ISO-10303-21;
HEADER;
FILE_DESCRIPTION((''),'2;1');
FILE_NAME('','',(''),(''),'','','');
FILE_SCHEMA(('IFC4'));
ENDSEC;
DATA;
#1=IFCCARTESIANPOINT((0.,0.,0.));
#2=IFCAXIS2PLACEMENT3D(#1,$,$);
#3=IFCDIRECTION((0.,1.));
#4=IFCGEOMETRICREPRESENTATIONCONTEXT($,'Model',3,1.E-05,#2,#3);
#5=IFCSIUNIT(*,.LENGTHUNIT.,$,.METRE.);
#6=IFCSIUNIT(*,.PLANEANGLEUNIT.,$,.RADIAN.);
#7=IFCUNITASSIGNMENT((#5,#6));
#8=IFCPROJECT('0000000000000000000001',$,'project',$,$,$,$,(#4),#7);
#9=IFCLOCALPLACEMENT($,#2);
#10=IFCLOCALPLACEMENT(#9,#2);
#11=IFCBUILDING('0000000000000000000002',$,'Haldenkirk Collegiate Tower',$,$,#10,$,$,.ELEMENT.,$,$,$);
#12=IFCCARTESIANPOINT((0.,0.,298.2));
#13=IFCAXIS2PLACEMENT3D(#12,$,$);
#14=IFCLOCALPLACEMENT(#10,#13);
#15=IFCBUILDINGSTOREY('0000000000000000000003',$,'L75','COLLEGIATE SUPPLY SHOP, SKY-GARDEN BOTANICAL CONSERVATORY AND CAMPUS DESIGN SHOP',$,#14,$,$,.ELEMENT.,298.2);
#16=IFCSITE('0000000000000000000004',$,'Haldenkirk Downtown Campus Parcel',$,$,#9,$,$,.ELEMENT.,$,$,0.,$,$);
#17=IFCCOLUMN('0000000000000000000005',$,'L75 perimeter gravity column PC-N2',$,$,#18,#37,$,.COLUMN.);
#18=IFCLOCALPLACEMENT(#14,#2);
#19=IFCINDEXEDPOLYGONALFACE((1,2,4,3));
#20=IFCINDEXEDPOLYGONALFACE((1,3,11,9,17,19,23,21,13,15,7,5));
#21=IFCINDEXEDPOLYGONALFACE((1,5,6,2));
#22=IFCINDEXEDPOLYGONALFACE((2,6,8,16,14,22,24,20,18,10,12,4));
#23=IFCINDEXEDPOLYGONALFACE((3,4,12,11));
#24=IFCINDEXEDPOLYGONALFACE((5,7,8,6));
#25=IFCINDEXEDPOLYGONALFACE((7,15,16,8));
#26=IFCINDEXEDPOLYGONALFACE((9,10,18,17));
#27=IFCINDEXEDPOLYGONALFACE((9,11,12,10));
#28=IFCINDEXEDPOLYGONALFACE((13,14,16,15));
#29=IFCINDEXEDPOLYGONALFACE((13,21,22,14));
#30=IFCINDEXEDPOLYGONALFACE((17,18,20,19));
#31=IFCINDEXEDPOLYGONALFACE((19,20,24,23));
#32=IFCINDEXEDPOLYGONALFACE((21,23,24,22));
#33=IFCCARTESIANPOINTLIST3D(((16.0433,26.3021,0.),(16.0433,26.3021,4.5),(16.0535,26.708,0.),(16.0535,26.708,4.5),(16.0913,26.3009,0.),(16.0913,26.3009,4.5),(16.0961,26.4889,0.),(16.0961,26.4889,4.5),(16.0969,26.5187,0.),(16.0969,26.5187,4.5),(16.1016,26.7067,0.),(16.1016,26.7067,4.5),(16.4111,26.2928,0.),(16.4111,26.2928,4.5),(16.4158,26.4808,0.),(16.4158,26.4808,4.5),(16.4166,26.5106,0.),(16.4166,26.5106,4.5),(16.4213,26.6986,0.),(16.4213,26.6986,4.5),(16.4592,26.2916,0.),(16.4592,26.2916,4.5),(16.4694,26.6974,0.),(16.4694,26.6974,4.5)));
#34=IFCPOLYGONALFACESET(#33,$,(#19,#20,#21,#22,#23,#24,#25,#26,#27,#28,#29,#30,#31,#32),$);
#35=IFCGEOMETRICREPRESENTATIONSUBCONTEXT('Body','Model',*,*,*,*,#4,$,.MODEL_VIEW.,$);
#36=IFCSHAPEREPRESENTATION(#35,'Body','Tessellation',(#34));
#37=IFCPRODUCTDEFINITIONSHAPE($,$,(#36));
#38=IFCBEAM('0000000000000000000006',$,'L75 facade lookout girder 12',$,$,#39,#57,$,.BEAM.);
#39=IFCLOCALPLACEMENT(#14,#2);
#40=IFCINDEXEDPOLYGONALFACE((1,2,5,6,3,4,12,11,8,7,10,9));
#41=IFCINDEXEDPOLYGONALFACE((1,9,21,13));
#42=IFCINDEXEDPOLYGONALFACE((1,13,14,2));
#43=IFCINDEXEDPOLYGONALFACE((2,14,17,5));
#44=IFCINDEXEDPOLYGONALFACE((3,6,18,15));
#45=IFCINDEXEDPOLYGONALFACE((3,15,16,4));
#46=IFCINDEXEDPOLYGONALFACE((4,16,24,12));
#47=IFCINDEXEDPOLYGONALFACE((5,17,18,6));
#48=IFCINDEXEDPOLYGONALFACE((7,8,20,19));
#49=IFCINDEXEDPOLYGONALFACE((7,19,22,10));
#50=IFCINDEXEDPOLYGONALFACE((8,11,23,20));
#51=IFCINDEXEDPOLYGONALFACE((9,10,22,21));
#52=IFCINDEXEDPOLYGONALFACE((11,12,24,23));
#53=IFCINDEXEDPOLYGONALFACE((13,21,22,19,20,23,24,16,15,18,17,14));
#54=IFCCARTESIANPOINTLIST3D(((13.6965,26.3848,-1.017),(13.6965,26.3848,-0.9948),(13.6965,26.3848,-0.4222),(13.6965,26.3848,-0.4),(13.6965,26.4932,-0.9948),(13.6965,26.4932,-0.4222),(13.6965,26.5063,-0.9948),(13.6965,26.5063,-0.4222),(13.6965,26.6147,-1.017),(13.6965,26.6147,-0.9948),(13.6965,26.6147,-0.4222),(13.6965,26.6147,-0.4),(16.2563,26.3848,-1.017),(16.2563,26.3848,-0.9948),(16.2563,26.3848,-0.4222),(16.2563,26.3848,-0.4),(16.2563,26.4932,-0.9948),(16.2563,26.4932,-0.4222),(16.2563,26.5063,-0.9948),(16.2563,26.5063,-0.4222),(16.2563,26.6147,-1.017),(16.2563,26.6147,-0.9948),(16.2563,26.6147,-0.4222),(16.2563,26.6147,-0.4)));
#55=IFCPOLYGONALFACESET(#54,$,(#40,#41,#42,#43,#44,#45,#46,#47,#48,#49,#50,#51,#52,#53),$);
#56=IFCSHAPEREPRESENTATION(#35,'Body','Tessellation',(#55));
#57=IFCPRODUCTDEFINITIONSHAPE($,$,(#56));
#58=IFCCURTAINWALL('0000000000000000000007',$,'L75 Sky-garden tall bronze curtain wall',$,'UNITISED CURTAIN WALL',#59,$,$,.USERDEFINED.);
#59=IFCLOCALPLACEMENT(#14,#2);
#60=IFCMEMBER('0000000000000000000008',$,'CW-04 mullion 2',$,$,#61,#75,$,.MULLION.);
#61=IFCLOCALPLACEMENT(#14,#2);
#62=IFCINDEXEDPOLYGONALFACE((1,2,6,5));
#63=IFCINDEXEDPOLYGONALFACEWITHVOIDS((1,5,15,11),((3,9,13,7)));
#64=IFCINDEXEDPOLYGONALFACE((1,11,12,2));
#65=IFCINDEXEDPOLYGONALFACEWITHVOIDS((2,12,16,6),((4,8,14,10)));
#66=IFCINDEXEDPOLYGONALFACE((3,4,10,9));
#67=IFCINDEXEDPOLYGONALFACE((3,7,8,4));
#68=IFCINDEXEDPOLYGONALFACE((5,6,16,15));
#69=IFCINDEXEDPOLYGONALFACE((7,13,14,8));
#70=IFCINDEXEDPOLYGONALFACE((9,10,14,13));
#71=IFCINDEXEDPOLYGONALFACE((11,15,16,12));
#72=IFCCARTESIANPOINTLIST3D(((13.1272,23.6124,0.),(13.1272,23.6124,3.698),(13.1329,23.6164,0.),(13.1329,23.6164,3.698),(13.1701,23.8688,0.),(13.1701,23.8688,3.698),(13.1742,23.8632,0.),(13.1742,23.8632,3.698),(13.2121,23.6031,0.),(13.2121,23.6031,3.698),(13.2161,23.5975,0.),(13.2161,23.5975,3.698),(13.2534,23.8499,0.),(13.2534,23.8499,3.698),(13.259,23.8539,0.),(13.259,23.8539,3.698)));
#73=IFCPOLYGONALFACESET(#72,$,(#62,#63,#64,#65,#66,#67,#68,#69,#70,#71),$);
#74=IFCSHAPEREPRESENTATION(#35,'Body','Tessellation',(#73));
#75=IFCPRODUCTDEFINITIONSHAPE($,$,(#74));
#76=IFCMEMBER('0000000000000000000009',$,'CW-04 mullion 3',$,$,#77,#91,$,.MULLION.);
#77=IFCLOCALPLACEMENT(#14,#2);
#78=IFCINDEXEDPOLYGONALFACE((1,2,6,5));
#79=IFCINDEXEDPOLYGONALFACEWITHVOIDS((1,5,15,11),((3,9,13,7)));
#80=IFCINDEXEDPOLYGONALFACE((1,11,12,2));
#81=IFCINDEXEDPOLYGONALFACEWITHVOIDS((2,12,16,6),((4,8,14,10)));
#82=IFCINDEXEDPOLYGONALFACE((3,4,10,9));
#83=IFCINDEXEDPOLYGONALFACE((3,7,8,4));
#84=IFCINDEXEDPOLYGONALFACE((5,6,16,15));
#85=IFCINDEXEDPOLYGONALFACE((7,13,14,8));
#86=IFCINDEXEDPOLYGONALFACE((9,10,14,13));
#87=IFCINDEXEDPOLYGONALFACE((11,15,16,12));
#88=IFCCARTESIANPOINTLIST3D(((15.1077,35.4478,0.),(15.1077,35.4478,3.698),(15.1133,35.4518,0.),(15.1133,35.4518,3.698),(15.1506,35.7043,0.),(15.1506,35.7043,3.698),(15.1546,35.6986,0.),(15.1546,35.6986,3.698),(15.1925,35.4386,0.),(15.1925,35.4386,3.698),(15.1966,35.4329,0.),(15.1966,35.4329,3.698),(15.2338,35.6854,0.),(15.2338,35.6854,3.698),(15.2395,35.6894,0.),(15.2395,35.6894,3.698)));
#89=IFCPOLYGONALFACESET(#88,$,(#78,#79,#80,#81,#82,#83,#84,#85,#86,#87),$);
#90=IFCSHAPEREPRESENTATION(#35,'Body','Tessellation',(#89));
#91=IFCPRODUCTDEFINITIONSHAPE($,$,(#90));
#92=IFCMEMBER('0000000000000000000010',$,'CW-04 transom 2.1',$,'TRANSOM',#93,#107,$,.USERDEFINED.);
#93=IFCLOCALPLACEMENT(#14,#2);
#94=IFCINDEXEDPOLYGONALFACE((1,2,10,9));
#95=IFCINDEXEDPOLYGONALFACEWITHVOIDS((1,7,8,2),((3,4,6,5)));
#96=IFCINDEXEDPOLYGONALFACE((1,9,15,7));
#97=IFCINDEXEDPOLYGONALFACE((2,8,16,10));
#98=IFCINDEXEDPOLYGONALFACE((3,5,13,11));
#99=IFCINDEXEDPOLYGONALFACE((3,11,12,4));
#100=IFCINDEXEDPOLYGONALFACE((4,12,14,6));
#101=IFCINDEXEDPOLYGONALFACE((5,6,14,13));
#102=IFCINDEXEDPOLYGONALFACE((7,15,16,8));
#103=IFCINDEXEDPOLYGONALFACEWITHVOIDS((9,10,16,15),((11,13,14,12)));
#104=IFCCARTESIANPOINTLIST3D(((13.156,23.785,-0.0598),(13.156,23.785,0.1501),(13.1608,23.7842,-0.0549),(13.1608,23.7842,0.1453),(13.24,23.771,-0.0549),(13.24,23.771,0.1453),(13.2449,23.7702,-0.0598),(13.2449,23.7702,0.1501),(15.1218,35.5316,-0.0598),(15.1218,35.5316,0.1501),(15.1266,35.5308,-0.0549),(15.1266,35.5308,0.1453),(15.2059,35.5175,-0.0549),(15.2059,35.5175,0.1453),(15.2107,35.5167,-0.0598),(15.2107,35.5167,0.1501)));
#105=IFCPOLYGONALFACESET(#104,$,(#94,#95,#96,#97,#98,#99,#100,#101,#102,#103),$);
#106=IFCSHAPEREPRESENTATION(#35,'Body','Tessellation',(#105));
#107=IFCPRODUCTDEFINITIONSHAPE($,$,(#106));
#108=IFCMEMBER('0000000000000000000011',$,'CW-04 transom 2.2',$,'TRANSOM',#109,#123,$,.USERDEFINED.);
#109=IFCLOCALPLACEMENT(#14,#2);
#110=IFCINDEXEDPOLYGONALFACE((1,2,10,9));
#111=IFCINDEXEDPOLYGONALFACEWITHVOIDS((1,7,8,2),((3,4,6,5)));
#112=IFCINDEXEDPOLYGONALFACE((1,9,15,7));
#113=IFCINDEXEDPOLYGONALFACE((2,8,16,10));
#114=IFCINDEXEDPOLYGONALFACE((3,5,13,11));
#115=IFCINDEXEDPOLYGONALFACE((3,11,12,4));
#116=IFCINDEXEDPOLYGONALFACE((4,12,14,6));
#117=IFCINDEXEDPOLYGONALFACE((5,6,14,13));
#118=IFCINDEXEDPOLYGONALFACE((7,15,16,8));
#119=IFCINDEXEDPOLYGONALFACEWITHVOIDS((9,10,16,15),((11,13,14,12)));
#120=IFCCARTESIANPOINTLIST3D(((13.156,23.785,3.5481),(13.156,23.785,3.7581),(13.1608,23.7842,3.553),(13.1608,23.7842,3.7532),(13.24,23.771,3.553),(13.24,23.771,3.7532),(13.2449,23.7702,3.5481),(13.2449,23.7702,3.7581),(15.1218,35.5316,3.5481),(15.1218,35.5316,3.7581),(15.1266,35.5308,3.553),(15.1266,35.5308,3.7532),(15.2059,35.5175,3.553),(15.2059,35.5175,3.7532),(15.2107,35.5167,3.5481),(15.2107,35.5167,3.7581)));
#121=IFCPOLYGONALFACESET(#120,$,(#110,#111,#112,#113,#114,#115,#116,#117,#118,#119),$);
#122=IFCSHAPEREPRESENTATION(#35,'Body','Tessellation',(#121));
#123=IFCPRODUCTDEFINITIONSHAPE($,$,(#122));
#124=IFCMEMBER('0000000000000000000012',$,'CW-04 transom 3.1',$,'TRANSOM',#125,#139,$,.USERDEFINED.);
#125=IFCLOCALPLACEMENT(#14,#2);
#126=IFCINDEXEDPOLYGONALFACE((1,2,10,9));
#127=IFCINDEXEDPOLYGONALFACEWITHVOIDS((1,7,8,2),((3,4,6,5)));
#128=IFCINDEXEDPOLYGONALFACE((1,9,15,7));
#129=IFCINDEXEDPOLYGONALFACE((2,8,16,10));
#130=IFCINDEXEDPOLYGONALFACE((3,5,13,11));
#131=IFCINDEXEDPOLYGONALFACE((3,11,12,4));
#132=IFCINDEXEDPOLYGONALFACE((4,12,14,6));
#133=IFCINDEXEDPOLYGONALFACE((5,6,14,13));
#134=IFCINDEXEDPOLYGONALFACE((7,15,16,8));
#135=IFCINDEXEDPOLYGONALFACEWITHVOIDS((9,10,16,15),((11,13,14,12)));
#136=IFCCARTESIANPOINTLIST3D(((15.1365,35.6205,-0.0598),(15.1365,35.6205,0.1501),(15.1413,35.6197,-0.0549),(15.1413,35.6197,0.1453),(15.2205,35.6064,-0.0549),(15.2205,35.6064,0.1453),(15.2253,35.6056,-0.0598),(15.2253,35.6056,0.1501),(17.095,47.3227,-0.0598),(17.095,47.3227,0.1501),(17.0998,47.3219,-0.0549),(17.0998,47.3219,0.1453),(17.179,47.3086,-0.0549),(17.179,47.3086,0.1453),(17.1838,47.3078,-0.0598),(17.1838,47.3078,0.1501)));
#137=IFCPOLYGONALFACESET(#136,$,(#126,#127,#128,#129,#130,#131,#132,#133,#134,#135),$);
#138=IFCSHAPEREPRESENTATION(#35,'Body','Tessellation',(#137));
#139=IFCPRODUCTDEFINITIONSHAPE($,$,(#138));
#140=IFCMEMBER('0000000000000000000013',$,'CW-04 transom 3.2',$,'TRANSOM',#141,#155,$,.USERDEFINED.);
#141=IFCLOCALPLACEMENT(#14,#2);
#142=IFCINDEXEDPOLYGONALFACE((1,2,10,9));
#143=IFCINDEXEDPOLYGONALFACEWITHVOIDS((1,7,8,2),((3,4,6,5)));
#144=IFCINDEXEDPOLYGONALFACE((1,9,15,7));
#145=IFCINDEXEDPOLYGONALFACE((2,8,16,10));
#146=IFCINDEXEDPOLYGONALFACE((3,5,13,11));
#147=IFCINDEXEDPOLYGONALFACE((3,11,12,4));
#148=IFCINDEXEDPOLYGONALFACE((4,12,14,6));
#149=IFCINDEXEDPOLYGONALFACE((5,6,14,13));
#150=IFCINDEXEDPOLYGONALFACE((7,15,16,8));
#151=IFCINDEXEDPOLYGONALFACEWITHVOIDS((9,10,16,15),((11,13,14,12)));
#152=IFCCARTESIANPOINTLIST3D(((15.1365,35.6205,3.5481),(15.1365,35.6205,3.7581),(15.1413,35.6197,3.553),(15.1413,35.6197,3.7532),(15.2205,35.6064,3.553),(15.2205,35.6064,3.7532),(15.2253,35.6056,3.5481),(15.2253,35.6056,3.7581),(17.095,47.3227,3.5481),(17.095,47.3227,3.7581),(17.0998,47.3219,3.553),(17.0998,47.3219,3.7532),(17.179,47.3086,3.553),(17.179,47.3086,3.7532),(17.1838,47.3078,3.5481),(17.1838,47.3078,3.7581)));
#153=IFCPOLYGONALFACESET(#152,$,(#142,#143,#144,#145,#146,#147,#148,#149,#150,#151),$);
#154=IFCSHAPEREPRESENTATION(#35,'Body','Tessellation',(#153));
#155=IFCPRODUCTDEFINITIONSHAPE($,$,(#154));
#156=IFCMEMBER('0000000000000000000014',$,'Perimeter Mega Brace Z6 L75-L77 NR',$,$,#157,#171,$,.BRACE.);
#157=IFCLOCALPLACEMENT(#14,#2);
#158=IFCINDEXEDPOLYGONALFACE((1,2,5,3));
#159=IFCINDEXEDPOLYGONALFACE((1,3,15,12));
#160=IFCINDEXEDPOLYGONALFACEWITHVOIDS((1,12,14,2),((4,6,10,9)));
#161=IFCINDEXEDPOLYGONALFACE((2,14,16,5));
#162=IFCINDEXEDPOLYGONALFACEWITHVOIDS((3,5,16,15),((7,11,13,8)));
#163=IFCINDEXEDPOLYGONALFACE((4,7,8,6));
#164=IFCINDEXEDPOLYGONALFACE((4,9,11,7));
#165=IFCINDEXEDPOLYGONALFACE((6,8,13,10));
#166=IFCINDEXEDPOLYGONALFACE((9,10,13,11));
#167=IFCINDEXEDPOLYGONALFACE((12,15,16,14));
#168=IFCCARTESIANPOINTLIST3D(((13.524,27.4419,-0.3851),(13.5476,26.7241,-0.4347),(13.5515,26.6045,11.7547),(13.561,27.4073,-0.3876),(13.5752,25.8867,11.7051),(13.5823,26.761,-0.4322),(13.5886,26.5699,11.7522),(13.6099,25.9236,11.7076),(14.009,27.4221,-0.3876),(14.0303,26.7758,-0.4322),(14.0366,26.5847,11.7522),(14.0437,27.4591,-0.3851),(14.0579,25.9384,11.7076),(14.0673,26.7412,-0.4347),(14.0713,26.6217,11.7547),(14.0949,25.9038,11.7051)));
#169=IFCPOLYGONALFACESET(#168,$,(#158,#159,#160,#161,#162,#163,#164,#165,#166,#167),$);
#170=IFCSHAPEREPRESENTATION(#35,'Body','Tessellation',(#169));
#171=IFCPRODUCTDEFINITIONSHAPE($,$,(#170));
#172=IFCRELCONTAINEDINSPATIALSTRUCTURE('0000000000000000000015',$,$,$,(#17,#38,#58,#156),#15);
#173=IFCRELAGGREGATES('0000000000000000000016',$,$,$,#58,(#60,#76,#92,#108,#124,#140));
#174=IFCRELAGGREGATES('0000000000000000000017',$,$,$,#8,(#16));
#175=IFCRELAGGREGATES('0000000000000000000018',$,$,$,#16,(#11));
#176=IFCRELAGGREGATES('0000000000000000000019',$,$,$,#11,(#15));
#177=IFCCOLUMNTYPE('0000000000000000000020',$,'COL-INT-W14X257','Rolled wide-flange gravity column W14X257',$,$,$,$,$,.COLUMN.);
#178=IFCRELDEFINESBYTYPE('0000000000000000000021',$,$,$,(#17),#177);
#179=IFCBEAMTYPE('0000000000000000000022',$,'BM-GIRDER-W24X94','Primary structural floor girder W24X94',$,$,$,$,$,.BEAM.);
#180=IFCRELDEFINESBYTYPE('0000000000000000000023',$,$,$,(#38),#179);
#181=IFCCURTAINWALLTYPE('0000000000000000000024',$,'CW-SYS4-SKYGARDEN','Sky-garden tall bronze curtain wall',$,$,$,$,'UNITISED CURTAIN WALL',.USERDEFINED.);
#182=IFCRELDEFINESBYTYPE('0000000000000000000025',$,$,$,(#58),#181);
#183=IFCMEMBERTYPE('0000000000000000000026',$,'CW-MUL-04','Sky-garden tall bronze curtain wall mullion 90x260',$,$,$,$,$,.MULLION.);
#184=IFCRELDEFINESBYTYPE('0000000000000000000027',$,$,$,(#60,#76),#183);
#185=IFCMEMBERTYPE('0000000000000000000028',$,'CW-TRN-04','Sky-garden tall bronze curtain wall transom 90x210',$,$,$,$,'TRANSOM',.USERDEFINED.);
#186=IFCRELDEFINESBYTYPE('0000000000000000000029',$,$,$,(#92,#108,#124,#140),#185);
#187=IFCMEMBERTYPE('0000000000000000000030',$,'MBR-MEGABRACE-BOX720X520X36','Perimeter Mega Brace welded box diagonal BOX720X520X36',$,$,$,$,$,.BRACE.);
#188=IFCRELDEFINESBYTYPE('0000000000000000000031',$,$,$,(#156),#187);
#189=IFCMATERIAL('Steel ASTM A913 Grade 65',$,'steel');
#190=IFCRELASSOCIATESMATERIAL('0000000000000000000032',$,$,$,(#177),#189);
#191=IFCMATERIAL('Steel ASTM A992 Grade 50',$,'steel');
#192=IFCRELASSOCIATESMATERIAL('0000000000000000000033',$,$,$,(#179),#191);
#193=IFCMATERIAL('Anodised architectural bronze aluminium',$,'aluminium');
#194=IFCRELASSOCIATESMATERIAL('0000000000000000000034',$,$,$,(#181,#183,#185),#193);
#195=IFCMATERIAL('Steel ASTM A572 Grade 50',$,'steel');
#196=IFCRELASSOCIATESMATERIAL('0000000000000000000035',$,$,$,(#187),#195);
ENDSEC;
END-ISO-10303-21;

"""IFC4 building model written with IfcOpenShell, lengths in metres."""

from ifc_helpers import new_model, si_unit, direction, frame, origin, origin_2d, place, context, subcontext, project, spatial, hollow_rectangle, i_section, extrude, material, material_profile, profile_set, type_object, element, aggregate, save


model = new_model("IFC4")

# Units and contexts
model_context = context("Model", 3, precision=1e-05, world=origin(), true_north=direction((0.0, 1.0)))
body_context = subcontext(model_context, "Body", "Model", "MODEL_VIEW")
ifc_project = project(units=[si_unit("LENGTHUNIT", "METRE"), si_unit("PLANEANGLEUNIT", "RADIAN")], contexts=[model_context])

# Site, building, storey
site_placement = place(None, origin())
site = spatial("IfcSite", under=ifc_project, at=site_placement, Name="Haldenkirk Downtown Campus Parcel", CompositionType="ELEMENT", RefElevation=0.0)
building_placement = place(site_placement, origin())
building = spatial("IfcBuilding", under=site, at=building_placement, Name="Haldenkirk Collegiate Tower", CompositionType="ELEMENT")
storey_placement = place(building_placement, frame((0.0, 0.0, 298.2)))
storey = spatial("IfcBuildingStorey", under=building, at=storey_placement, Name="L75", Description="COLLEGIATE SUPPLY SHOP, SKY-GARDEN BOTANICAL CONSERVATORY AND CAMPUS DESIGN SHOP", CompositionType="ELEMENT", Elevation=298.2)

# Column
ifc_material_1 = material(Name="Steel ASTM A913 Grade 65", Category="steel")
ifc_material_profile_1 = material_profile(ifc_material_1, i_section(OverallWidth=0.406, OverallDepth=0.416, WebThickness=0.0298, FlangeThickness=0.0481, at=origin_2d()), Name="W14X257")
ifc_profile_set_1 = profile_set([ifc_material_profile_1], Name="Steel ASTM A913 Grade 65")
column_type = type_object("IfcColumnType", Name="COL-INT-W14X257", Description="Rolled wide-flange gravity column W14X257", PredefinedType="COLUMN", material=ifc_profile_set_1)
column_placement = place(storey_placement, frame((16.2563, 26.4998, 0.0), z_axis=(0.0, 0.0, 1.0), x_axis=(0.025305, 0.99968, 0.0)))
element("IfcColumn", 1, at=column_placement, inside=storey, type_object=column_type, Name="L75 perimeter gravity column PC-N2", PredefinedType="COLUMN", context=body_context, shape_type="SweptSolid", body=[
    extrude(i_section(OverallWidth=0.406, OverallDepth=0.416, WebThickness=0.0298, FlangeThickness=0.0481, at=origin_2d()), origin(), (0.0, 0.0, 1.0), 4.5),
])

# Beam
ifc_material_2 = material(Name="Steel ASTM A992 Grade 50", Category="steel")
ifc_material_profile_2 = material_profile(ifc_material_2, i_section(OverallWidth=0.23, OverallDepth=0.6169, WebThickness=0.0132, FlangeThickness=0.0222, at=origin_2d()), Name="W24X94")
ifc_profile_set_2 = profile_set([ifc_material_profile_2], Name="Steel ASTM A992 Grade 50")
beam_type = type_object("IfcBeamType", Name="BM-GIRDER-W24X94", Description="Primary structural floor girder W24X94", PredefinedType="BEAM", material=ifc_profile_set_2)
beam_placement = place(storey_placement, frame((16.2563, 26.4998, -0.7085), z_axis=(-1.0, 0.0, 0.0), x_axis=(0.0, -1.0, 0.0)))
element("IfcBeam", 2, at=beam_placement, inside=storey, type_object=beam_type, Name="L75 facade lookout girder 12", PredefinedType="BEAM", context=body_context, shape_type="SweptSolid", body=[
    extrude(i_section(OverallWidth=0.23, OverallDepth=0.6169, WebThickness=0.0132, FlangeThickness=0.0222, at=origin_2d()), origin(), (0.0, 0.0, 1.0), 2.5598),
])

# Curtain wall, members
ifc_material_3 = material(Name="Anodised architectural bronze aluminium", Category="aluminium")
curtain_wall_type = type_object("IfcCurtainWallType", Name="CW-SYS4-SKYGARDEN", Description="Sky-garden tall bronze curtain wall", ElementType="UNITISED CURTAIN WALL", PredefinedType="USERDEFINED", material=ifc_material_3)
curtain_wall_placement = place(storey_placement, origin())
curtain_wall = element("IfcCurtainWall", 3, at=curtain_wall_placement, inside=storey, type_object=curtain_wall_type, Name="L75 Sky-garden tall bronze curtain wall", ObjectType="UNITISED CURTAIN WALL", PredefinedType="USERDEFINED")
ifc_material_profile_3 = material_profile(ifc_material_3, hollow_rectangle(XDim=0.0901, YDim=0.26, WallThickness=0.0049, at=origin_2d()), Name="CW-MUL-04")
ifc_profile_set_3 = profile_set([ifc_material_profile_3], Name="Anodised architectural bronze aluminium")
member_type_1 = type_object("IfcMemberType", Name="CW-MUL-04", Description="Sky-garden tall bronze curtain wall mullion 90x260", PredefinedType="MULLION", material=ifc_profile_set_3)
member_1_placement = place(storey_placement, frame((13.1931, 23.7332, 0.0), z_axis=(0.0, 0.0, 1.0), x_axis=(-0.986285, 0.16505, 0.0)))
member_1 = element("IfcMember", 4, at=member_1_placement, type_object=member_type_1, Name="CW-04 mullion 2", PredefinedType="MULLION", context=body_context, shape_type="SweptSolid", body=[
    extrude(hollow_rectangle(XDim=0.0901, YDim=0.26, WallThickness=0.0049, at=origin_2d()), origin(), (0.0, 0.0, 1.0), 3.698),
])
member_2_placement = place(storey_placement, frame((15.1736, 35.5686, 0.0), z_axis=(0.0, 0.0, 1.0), x_axis=(-0.986285, 0.16505, 0.0)))
member_2 = element("IfcMember", 5, at=member_2_placement, type_object=member_type_1, Name="CW-04 mullion 3", PredefinedType="MULLION", context=body_context, shape_type="SweptSolid", body=[
    extrude(hollow_rectangle(XDim=0.0901, YDim=0.26, WallThickness=0.0049, at=origin_2d()), origin(), (0.0, 0.0, 1.0), 3.698),
])
ifc_material_profile_4 = material_profile(ifc_material_3, hollow_rectangle(XDim=0.0901, YDim=0.21, WallThickness=0.0049, at=origin_2d()), Name="CW-TRN-04")
ifc_profile_set_4 = profile_set([ifc_material_profile_4], Name="Anodised architectural bronze aluminium")
member_type_2 = type_object("IfcMemberType", Name="CW-TRN-04", Description="Sky-garden tall bronze curtain wall transom 90x210", ElementType="TRANSOM", PredefinedType="USERDEFINED", material=ifc_profile_set_4)
member_3_placement = place(storey_placement, frame((13.2004, 23.7776, 0.0452), z_axis=(0.165057, 0.986284, 0.0), x_axis=(-0.986284, 0.165057, 0.0)))
member_3 = element("IfcMember", 6, at=member_3_placement, type_object=member_type_2, Name="CW-04 transom 2.1", ObjectType="TRANSOM", PredefinedType="USERDEFINED", context=body_context, shape_type="SweptSolid", body=[
    extrude(hollow_rectangle(XDim=0.0901, YDim=0.21, WallThickness=0.0049, at=origin_2d()), origin(), (0.0, 0.0, 1.0), 11.9099),
])
member_4_placement = place(storey_placement, frame((13.2004, 23.7776, 3.6531), z_axis=(0.165057, 0.986284, 0.0), x_axis=(-0.986284, 0.165057, 0.0)))
member_4 = element("IfcMember", 7, at=member_4_placement, type_object=member_type_2, Name="CW-04 transom 2.2", ObjectType="TRANSOM", PredefinedType="USERDEFINED", context=body_context, shape_type="SweptSolid", body=[
    extrude(hollow_rectangle(XDim=0.0901, YDim=0.21, WallThickness=0.0049, at=origin_2d()), origin(), (0.0, 0.0, 1.0), 11.9099),
])
member_5_placement = place(storey_placement, frame((15.1809, 35.613, 0.0452), z_axis=(0.165066, 0.986282, 0.0), x_axis=(-0.986282, 0.165066, 0.0)))
member_5 = element("IfcMember", 8, at=member_5_placement, type_object=member_type_2, Name="CW-04 transom 3.1", ObjectType="TRANSOM", PredefinedType="USERDEFINED", context=body_context, shape_type="SweptSolid", body=[
    extrude(hollow_rectangle(XDim=0.0901, YDim=0.21, WallThickness=0.0049, at=origin_2d()), origin(), (0.0, 0.0, 1.0), 11.865),
])
member_6_placement = place(storey_placement, frame((15.1809, 35.613, 3.6531), z_axis=(0.165066, 0.986282, 0.0), x_axis=(-0.986282, 0.165066, 0.0)))
member_6 = element("IfcMember", 9, at=member_6_placement, type_object=member_type_2, Name="CW-04 transom 3.2", ObjectType="TRANSOM", PredefinedType="USERDEFINED", context=body_context, shape_type="SweptSolid", body=[
    extrude(hollow_rectangle(XDim=0.0901, YDim=0.21, WallThickness=0.0049, at=origin_2d()), origin(), (0.0, 0.0, 1.0), 11.865),
])

# Member
ifc_material_4 = material(Name="Steel ASTM A572 Grade 50", Category="steel")
ifc_material_profile_5 = material_profile(ifc_material_4, hollow_rectangle(XDim=0.52, YDim=0.72, WallThickness=0.0359, at=origin_2d()), Name="BOX720X520X36")
ifc_profile_set_5 = profile_set([ifc_material_profile_5], Name="Steel ASTM A572 Grade 50")
member_type_3 = type_object("IfcMemberType", Name="MBR-MEGABRACE-BOX720X520X36", Description="Perimeter Mega Brace welded box diagonal BOX720X520X36", PredefinedType="BRACE", material=ifc_profile_set_5)
member_7_placement = place(storey_placement, frame((13.7957, 27.0916, -0.4099), z_axis=(0.002267, -0.068816, 0.997627), x_axis=(0.999458, 0.032927, 0.0)))
element("IfcMember", 10, at=member_7_placement, inside=storey, type_object=member_type_3, Name="Perimeter Mega Brace Z6 L75-L77 NR", PredefinedType="BRACE", context=body_context, shape_type="SweptSolid", body=[
    extrude(hollow_rectangle(XDim=0.52, YDim=0.72, WallThickness=0.0359, at=origin_2d()), origin(), (0.0, 0.0, 1.0), 12.1687),
])

aggregate(curtain_wall, [member_1, member_2, member_3, member_4, member_5, member_6])

save(model, "model.ifc")
